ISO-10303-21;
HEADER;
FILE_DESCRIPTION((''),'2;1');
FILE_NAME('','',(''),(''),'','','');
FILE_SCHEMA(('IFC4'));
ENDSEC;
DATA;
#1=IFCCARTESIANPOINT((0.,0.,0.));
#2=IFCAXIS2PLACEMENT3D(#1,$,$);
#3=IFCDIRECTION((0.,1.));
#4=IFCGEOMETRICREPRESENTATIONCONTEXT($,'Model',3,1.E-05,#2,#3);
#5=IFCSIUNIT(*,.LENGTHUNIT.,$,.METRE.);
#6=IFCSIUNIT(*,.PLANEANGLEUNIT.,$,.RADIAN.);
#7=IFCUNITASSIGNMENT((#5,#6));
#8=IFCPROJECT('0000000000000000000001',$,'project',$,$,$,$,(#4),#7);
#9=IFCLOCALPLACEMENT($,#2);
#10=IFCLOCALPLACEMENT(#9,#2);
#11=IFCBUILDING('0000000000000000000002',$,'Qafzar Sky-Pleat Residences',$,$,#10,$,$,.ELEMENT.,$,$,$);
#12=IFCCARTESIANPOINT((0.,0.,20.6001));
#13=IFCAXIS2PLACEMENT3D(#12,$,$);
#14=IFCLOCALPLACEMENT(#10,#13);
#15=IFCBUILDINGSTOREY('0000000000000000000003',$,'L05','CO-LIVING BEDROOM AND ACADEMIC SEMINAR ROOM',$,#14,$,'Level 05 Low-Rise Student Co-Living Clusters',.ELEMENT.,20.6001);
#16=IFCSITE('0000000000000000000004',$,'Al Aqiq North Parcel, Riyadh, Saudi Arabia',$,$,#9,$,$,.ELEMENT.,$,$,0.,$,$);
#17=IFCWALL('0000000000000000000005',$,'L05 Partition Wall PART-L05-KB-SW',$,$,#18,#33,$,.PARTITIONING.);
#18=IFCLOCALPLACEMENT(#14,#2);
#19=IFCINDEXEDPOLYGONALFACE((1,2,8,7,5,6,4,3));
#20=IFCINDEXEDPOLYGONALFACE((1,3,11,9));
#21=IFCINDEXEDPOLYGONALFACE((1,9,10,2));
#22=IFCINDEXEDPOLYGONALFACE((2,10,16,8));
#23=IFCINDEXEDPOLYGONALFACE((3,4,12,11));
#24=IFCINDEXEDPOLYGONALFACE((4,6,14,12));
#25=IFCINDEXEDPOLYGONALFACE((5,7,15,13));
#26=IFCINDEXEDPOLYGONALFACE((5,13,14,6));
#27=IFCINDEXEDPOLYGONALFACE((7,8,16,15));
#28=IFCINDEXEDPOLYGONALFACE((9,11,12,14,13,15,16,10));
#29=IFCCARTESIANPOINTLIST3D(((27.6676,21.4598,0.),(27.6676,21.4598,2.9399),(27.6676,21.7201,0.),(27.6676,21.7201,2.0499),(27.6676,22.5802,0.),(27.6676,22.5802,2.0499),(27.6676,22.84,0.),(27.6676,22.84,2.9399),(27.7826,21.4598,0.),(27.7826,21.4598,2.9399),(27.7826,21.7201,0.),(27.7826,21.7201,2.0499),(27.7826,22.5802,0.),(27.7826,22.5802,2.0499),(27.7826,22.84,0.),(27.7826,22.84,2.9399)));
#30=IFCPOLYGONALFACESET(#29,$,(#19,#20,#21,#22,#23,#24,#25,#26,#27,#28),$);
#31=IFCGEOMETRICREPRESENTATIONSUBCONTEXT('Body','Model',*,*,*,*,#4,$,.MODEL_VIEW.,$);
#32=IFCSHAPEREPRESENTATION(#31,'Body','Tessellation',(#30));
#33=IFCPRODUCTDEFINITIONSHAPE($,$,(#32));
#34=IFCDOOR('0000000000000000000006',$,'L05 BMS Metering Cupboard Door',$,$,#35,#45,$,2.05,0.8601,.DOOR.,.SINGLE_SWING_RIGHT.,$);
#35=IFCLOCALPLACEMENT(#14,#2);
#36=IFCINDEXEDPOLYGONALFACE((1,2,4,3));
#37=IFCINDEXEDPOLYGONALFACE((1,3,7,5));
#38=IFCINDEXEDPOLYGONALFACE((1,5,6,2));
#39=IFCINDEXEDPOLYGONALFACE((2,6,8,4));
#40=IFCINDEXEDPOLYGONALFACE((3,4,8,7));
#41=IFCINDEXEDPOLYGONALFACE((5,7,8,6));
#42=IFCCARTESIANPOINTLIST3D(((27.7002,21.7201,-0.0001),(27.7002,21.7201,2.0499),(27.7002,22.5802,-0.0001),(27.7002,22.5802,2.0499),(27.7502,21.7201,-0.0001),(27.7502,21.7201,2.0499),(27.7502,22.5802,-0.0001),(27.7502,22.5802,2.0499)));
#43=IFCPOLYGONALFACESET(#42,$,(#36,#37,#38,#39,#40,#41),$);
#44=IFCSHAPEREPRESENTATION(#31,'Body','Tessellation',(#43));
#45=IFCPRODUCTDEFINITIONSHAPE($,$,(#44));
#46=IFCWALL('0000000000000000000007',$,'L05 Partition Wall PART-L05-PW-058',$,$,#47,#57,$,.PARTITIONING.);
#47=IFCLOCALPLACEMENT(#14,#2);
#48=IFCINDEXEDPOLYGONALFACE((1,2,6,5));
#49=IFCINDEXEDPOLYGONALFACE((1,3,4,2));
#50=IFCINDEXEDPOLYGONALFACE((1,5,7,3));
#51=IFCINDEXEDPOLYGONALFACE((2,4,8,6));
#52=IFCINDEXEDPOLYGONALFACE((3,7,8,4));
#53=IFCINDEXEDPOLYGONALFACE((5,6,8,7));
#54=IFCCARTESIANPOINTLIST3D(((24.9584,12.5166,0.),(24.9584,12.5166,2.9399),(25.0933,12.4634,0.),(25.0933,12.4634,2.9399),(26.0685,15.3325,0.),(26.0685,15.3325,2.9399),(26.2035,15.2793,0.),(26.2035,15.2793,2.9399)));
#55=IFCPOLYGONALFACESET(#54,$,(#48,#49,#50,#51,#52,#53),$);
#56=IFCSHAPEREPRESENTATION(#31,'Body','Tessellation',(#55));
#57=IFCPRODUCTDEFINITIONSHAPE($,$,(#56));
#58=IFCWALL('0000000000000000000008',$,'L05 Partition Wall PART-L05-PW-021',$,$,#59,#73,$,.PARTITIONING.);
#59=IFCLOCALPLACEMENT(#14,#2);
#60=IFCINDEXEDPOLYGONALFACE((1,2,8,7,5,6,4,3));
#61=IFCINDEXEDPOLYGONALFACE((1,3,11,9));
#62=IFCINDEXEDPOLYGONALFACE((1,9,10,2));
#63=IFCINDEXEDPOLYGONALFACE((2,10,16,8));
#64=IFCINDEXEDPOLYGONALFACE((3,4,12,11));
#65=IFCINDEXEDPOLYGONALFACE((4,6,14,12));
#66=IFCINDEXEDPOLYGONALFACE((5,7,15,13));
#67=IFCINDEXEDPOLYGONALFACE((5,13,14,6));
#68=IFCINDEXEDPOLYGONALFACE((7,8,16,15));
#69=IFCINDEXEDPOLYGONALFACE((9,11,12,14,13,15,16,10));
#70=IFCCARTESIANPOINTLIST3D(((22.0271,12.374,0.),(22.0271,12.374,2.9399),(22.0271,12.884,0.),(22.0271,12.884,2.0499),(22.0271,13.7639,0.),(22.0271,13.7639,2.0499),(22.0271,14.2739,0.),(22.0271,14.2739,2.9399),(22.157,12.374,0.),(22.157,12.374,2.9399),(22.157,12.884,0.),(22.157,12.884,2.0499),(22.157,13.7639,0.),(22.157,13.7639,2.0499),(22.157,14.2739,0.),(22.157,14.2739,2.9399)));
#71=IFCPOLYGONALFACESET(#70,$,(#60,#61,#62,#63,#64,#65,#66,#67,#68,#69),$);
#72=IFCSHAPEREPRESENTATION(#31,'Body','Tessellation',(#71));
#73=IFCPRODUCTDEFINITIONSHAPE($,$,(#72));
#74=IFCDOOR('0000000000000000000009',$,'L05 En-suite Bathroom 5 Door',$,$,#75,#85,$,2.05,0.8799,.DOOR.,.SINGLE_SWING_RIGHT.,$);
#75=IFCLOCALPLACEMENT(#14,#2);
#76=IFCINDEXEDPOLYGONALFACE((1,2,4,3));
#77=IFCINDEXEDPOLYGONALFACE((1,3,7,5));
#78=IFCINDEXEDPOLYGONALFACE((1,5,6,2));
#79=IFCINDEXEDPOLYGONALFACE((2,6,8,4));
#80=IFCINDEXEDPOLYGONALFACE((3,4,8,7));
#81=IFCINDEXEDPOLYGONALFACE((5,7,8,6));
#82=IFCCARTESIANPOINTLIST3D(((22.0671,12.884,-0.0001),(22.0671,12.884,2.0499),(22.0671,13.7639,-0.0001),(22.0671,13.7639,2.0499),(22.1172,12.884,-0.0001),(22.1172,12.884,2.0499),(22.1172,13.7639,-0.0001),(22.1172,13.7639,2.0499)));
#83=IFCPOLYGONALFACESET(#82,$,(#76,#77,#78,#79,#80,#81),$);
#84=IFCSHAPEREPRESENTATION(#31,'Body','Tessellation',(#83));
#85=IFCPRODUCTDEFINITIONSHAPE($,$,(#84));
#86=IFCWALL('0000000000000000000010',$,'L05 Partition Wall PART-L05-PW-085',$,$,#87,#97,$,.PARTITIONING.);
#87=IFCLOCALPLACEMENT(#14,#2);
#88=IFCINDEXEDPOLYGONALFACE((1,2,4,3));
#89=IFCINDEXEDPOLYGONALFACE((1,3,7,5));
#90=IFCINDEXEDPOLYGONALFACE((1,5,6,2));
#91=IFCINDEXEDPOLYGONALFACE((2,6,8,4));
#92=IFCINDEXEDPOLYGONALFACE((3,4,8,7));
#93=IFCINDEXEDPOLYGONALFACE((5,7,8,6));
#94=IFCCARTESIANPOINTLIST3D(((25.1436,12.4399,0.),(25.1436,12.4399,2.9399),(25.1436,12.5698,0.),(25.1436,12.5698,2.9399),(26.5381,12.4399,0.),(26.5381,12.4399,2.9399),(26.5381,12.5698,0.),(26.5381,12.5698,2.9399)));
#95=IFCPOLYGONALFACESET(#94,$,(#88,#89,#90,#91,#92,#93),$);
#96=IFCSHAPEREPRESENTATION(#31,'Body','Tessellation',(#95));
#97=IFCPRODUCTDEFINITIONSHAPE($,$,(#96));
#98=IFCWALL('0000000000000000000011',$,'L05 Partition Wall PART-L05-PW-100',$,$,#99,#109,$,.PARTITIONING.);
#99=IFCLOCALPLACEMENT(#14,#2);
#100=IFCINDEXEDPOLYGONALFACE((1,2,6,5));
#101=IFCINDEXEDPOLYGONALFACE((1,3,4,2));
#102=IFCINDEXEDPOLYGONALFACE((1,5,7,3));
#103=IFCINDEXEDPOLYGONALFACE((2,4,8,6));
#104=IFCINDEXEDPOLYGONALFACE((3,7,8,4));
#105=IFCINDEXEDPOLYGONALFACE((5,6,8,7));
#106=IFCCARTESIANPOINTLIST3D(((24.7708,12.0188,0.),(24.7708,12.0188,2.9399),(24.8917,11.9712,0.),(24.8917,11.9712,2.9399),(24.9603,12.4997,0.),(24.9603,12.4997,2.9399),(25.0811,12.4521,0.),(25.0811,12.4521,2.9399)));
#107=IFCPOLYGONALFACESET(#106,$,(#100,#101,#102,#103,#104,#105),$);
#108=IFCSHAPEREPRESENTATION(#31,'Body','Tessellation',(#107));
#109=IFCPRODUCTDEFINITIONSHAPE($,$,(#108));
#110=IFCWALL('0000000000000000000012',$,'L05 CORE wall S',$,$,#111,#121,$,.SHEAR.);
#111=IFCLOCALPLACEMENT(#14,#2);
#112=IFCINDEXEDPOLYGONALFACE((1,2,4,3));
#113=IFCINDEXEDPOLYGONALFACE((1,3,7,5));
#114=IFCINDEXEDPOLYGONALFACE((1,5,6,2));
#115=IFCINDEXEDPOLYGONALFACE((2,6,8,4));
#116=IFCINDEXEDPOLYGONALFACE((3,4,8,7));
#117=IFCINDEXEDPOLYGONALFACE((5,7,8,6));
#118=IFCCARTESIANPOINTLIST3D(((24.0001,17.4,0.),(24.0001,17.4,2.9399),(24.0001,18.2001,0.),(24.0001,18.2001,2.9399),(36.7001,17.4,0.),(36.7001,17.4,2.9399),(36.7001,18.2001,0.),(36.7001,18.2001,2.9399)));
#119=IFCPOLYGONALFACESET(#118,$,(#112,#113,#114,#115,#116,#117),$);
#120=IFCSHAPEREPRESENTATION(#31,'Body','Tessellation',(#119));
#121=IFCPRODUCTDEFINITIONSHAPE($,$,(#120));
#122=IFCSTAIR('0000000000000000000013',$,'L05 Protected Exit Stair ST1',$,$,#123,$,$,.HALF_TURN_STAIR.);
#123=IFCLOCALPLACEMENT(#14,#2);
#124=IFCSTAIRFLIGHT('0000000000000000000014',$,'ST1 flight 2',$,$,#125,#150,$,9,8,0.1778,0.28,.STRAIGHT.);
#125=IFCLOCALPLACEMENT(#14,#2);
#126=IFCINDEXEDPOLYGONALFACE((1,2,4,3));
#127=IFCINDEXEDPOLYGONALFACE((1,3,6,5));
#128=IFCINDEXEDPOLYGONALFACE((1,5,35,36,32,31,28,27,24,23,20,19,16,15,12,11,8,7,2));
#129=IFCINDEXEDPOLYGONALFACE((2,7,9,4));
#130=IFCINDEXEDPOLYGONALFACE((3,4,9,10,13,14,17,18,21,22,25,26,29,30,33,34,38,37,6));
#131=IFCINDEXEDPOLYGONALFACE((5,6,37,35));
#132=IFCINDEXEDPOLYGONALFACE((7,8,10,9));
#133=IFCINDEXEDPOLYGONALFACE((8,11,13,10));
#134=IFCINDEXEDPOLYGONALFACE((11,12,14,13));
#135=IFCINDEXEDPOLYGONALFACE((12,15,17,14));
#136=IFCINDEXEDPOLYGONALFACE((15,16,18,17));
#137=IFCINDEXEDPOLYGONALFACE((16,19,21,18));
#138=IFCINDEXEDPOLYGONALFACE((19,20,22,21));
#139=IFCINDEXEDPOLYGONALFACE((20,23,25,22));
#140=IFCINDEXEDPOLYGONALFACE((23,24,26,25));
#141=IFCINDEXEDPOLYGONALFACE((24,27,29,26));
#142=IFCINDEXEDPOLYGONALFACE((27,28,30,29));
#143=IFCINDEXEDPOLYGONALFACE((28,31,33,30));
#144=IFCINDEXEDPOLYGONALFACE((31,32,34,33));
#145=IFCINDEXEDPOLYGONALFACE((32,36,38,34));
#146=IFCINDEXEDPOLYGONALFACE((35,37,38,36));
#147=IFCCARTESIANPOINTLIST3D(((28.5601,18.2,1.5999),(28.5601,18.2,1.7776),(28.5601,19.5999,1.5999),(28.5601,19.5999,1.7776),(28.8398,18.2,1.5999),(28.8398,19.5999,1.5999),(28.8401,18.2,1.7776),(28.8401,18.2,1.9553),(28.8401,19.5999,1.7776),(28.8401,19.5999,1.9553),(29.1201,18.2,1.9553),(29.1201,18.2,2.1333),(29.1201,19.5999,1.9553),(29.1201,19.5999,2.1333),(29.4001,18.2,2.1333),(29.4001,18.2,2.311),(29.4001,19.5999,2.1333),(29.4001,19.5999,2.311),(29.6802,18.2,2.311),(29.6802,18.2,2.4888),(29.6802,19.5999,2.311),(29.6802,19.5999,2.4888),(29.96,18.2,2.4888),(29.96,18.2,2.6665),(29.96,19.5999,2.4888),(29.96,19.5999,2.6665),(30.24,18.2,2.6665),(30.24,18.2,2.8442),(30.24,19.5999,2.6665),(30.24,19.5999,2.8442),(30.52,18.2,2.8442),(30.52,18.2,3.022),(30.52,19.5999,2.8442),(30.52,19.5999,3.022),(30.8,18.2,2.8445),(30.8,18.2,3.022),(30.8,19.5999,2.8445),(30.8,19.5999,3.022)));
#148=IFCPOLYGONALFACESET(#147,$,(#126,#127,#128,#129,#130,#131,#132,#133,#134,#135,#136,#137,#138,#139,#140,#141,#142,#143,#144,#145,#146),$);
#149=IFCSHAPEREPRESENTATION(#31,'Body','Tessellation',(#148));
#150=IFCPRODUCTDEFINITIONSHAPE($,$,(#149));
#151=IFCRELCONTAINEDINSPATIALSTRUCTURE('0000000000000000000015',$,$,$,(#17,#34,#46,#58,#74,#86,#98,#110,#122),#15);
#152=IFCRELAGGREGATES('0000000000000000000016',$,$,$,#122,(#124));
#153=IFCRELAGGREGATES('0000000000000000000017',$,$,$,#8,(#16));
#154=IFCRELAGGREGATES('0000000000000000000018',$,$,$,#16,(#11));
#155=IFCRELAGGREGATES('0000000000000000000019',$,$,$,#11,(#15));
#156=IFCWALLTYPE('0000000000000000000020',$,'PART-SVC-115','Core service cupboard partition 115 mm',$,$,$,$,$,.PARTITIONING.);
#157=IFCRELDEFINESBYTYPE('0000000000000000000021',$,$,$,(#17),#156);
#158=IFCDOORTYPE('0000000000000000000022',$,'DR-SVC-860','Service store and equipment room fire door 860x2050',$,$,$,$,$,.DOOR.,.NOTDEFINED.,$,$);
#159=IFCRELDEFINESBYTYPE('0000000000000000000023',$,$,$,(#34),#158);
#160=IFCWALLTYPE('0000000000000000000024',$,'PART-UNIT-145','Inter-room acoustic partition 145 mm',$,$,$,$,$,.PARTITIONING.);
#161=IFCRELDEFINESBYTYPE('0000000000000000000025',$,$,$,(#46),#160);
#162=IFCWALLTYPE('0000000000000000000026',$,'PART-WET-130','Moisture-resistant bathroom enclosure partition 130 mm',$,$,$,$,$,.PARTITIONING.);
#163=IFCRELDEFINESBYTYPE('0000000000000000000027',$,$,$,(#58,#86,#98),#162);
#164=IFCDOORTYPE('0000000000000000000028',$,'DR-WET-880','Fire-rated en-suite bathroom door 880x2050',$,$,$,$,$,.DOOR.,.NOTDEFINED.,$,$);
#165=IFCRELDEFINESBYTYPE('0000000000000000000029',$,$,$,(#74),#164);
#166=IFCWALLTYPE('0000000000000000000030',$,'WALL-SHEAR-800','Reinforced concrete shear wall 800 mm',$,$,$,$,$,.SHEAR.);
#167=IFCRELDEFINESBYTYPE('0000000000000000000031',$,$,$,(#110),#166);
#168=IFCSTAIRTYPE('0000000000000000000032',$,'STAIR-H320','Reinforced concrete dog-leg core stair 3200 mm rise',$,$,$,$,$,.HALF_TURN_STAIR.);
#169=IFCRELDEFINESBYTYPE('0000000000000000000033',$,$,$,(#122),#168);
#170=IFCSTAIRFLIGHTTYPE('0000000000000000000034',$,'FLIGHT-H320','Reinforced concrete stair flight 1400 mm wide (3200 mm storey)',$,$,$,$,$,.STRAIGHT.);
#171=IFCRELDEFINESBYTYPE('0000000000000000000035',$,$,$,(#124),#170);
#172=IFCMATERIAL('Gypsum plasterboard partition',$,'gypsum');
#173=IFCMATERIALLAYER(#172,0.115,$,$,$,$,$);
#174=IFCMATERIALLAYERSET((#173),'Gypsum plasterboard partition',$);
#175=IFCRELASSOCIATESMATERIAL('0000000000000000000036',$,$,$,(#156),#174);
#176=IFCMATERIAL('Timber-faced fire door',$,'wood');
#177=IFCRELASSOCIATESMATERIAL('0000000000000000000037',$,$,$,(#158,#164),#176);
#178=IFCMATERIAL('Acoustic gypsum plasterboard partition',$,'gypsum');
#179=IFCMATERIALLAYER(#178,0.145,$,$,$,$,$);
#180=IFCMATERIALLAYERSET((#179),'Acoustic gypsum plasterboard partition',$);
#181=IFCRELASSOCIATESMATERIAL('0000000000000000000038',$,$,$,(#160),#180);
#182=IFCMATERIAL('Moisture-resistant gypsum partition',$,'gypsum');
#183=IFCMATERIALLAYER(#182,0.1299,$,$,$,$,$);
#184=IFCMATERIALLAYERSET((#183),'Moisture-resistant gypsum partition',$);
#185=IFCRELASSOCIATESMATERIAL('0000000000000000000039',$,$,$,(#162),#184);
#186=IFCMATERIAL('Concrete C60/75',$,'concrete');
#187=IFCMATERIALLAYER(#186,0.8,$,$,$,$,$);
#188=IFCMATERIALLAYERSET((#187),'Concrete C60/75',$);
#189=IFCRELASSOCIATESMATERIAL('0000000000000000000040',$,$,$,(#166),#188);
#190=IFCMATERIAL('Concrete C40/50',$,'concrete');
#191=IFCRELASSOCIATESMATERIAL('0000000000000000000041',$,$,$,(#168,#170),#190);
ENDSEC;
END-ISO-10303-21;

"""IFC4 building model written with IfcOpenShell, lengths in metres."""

from ifc_helpers import new_model, si_unit, direction, frame, frame_2d, origin, place, context, subcontext, project, spatial, polyline, rectangle, outline, extrude, source, transform, mapped, material, layer, layer_set, type_object, element, fill, aggregate, save


model = new_model("IFC4")

# Units and contexts
model_context = context("Model", 3, precision=1e-05, world=origin(), true_north=direction((0.0, 1.0)))
body_context = subcontext(model_context, "Body", "Model", "MODEL_VIEW")
ifc_project = project(units=[si_unit("LENGTHUNIT", "METRE"), si_unit("PLANEANGLEUNIT", "RADIAN")], contexts=[model_context])

# Site, building, storey
site_placement = place(None, origin())
site = spatial("IfcSite", under=ifc_project, at=site_placement, Name="Al Aqiq North Parcel, Riyadh, Saudi Arabia", CompositionType="ELEMENT", RefElevation=0.0)
building_placement = place(site_placement, origin())
building = spatial("IfcBuilding", under=site, at=building_placement, Name="Qafzar Sky-Pleat Residences", CompositionType="ELEMENT")
storey_placement = place(building_placement, frame((0.0, 0.0, 20.6001)))
storey = spatial("IfcBuildingStorey", under=building, at=storey_placement, Name="L05", Description="CO-LIVING BEDROOM AND ACADEMIC SEMINAR ROOM", LongName="Level 05 Low-Rise Student Co-Living Clusters", CompositionType="ELEMENT", Elevation=20.6001)

# Shared definitions
ifc_material_1 = material(Name="Acoustic gypsum plasterboard partition", Category="gypsum")
ifc_material_2 = material(Name="Timber-faced fire door", Category="wood")

# Wall, opening, door
ifc_material_3 = material(Name="Gypsum plasterboard partition", Category="gypsum")
ifc_layer_1 = layer(ifc_material_3, 0.115)
ifc_layer_set_1 = layer_set([ifc_layer_1], Name="Gypsum plasterboard partition")
wall_type_1 = type_object("IfcWallType", Name="PART-SVC-115", Description="Core service cupboard partition 115 mm", PredefinedType="PARTITIONING", material=ifc_layer_set_1)
wall_1_placement = place(storey_placement, frame((27.7251, 21.46, 0.0), z_axis=(0.0, 0.0, 1.0), x_axis=(0.0, 1.0, 0.0)))
wall_1 = element("IfcWall", 1, at=wall_1_placement, inside=storey, type_object=wall_type_1, Name="L05 Partition Wall PART-L05-KB-SW", PredefinedType="PARTITIONING", context=body_context, shape_type="SweptSolid", body=[
    extrude(rectangle(XDim=1.3801, YDim=0.115, at=frame_2d((0.6899, 0.0))), origin(), (0.0, 0.0, 1.0), 2.9399),
])
opening_1_placement = place(wall_1_placement, frame((0.26, 0.0, 0.0)))
opening_1 = element("IfcOpeningElement", 2, at=opening_1_placement, cuts=wall_1, PredefinedType="OPENING", context=body_context, shape_type="SweptSolid", body=[
    extrude(rectangle(XDim=0.8601, YDim=2.05, at=frame_2d((0.4302, 1.0249))), frame((0.0, 0.0674, 0.0), z_axis=(0.0, -1.0, 0.0), x_axis=(1.0, 0.0, 0.0)), (0.0, 0.0, 1.0), 0.135),
])
door_type_1 = type_object("IfcDoorType", Name="DR-SVC-860", Description="Service store and equipment room fire door 860x2050", OperationType="NOTDEFINED", PredefinedType="DOOR", material=ifc_material_2)
shared_shape_1 = source(origin(), body_context, "Body", "SweptSolid", [
    extrude(rectangle(XDim=0.8601, YDim=2.05, at=frame_2d((0.4302, 1.0249))), frame((0.0, 0.0249, 0.0), z_axis=(0.0, -1.0, 0.0), x_axis=(1.0, 0.0, 0.0)), (0.0, 0.0, 1.0), 0.05),
])
door_1_placement = place(opening_1_placement, origin())
door_1 = element("IfcDoor", 3, at=door_1_placement, inside=storey, type_object=door_type_1, Name="L05 BMS Metering Cupboard Door", OperationType="SINGLE_SWING_RIGHT", OverallHeight=2.05, OverallWidth=0.8601, PredefinedType="DOOR", context=body_context, shape_type="MappedRepresentation", body=[
    mapped(shared_shape_1, transform((0.0, 0.0, 0.0), x_axis=(1.0, 0.0, 0.0), y_axis=(0.0, 1.0, 0.0), z_axis=(0.0, 0.0, 1.0), scale=1.0)),
])
fill(opening_1, door_1)

# Wall
ifc_layer_2 = layer(ifc_material_1, 0.145)
ifc_layer_set_2 = layer_set([ifc_layer_2], Name="Acoustic gypsum plasterboard partition")
wall_type_2 = type_object("IfcWallType", Name="PART-UNIT-145", Description="Inter-room acoustic partition 145 mm", PredefinedType="PARTITIONING", material=ifc_layer_set_2)
wall_2_placement = place(storey_placement, frame((25.0259, 12.49, 0.0), z_axis=(0.0, 0.0, 1.0), x_axis=(0.366755, 0.930318, 0.0)))
element("IfcWall", 4, at=wall_2_placement, inside=storey, type_object=wall_type_2, Name="L05 Partition Wall PART-L05-PW-058", PredefinedType="PARTITIONING", context=body_context, shape_type="SweptSolid", body=[
    extrude(rectangle(XDim=3.0269, YDim=0.145, at=frame_2d((1.5134, 0.0))), origin(), (0.0, 0.0, 1.0), 2.9399),
])

# Wall, opening, door
ifc_material_4 = material(Name="Moisture-resistant gypsum partition", Category="gypsum")
ifc_layer_3 = layer(ifc_material_4, 0.1299)
ifc_layer_set_3 = layer_set([ifc_layer_3], Name="Moisture-resistant gypsum partition")
wall_type_3 = type_object("IfcWallType", Name="PART-WET-130", Description="Moisture-resistant bathroom enclosure partition 130 mm", PredefinedType="PARTITIONING", material=ifc_layer_set_3)
wall_3_placement = place(storey_placement, frame((22.092, 12.374, 0.0), z_axis=(0.0, 0.0, 1.0), x_axis=(0.0, 1.0, 0.0)))
wall_3 = element("IfcWall", 5, at=wall_3_placement, inside=storey, type_object=wall_type_3, Name="L05 Partition Wall PART-L05-PW-021", PredefinedType="PARTITIONING", context=body_context, shape_type="SweptSolid", body=[
    extrude(rectangle(XDim=1.8999, YDim=0.1299, at=frame_2d((0.95, 0.0))), origin(), (0.0, 0.0, 1.0), 2.9399),
])
opening_2_placement = place(wall_3_placement, frame((0.51, 0.0, 0.0)))
opening_2 = element("IfcOpeningElement", 6, at=opening_2_placement, cuts=wall_3, PredefinedType="OPENING", context=body_context, shape_type="SweptSolid", body=[
    extrude(rectangle(XDim=0.8799, YDim=2.05, at=frame_2d((0.4399, 1.0249))), frame((0.0, 0.075, 0.0), z_axis=(0.0, -1.0, 0.0), x_axis=(1.0, 0.0, 0.0)), (0.0, 0.0, 1.0), 0.1499),
])
door_type_2 = type_object("IfcDoorType", Name="DR-WET-880", Description="Fire-rated en-suite bathroom door 880x2050", OperationType="NOTDEFINED", PredefinedType="DOOR", material=ifc_material_2)
shared_shape_2 = source(origin(), body_context, "Body", "SweptSolid", [
    extrude(rectangle(XDim=0.8799, YDim=2.05, at=frame_2d((0.4399, 1.0249))), frame((0.0, 0.0249, 0.0), z_axis=(0.0, -1.0, 0.0), x_axis=(1.0, 0.0, 0.0)), (0.0, 0.0, 1.0), 0.05),
])
door_2_placement = place(opening_2_placement, origin())
door_2 = element("IfcDoor", 7, at=door_2_placement, inside=storey, type_object=door_type_2, Name="L05 En-suite Bathroom 5 Door", OperationType="SINGLE_SWING_RIGHT", OverallHeight=2.05, OverallWidth=0.8799, PredefinedType="DOOR", context=body_context, shape_type="MappedRepresentation", body=[
    mapped(shared_shape_2, transform((0.0, 0.0, 0.0), x_axis=(1.0, 0.0, 0.0), y_axis=(0.0, 1.0, 0.0), z_axis=(0.0, 0.0, 1.0), scale=1.0)),
])
fill(opening_2, door_2)

# Walls
wall_4_placement = place(storey_placement, frame((25.1436, 12.5049, 0.0), z_axis=(0.0, 0.0, 1.0), x_axis=(1.0, 0.0, 0.0)))
element("IfcWall", 8, at=wall_4_placement, inside=storey, type_object=wall_type_3, Name="L05 Partition Wall PART-L05-PW-085", PredefinedType="PARTITIONING", context=body_context, shape_type="SweptSolid", body=[
    extrude(rectangle(XDim=1.3945, YDim=0.1299, at=frame_2d((0.6973, 0.0))), origin(), (0.0, 0.0, 1.0), 2.9399),
])
wall_5_placement = place(storey_placement, frame((24.8313, 11.9951, 0.0), z_axis=(0.0, 0.0, 1.0), x_axis=(0.3665, 0.930418, 0.0)))
element("IfcWall", 9, at=wall_5_placement, inside=storey, type_object=wall_type_3, Name="L05 Partition Wall PART-L05-PW-100", PredefinedType="PARTITIONING", context=body_context, shape_type="SweptSolid", body=[
    extrude(rectangle(XDim=0.5168, YDim=0.1299, at=frame_2d((0.2583, 0.0))), origin(), (0.0, 0.0, 1.0), 2.9399),
])

# Shared definitions
ifc_material_5 = material(Name="Concrete C60/75", Category="concrete")

# Wall
ifc_layer_4 = layer(ifc_material_5, 0.8)
ifc_layer_set_4 = layer_set([ifc_layer_4], Name="Concrete C60/75")
wall_type_4 = type_object("IfcWallType", Name="WALL-SHEAR-800", Description="Reinforced concrete shear wall 800 mm", PredefinedType="SHEAR", material=ifc_layer_set_4)
wall_6_placement = place(storey_placement, frame((24.0, 17.8, 0.0), z_axis=(0.0, 0.0, 1.0), x_axis=(1.0, 0.0, 0.0)))
element("IfcWall", 10, at=wall_6_placement, inside=storey, type_object=wall_type_4, Name="L05 CORE wall S", PredefinedType="SHEAR", context=body_context, shape_type="SweptSolid", body=[
    extrude(rectangle(XDim=12.7, YDim=0.8, at=frame_2d((6.3501, 0.0))), origin(), (0.0, 0.0, 1.0), 2.9399),
])

# Stair, stair flight
ifc_material_6 = material(Name="Concrete C40/50", Category="concrete")
stair_type = type_object("IfcStairType", Name="STAIR-H320", Description="Reinforced concrete dog-leg core stair 3200 mm rise", PredefinedType="HALF_TURN_STAIR", material=ifc_material_6)
stair_placement = place(storey_placement, origin())
stair = element("IfcStair", 11, at=stair_placement, inside=storey, type_object=stair_type, Name="L05 Protected Exit Stair ST1", PredefinedType="HALF_TURN_STAIR")
stair_flight_type = type_object("IfcStairFlightType", Name="FLIGHT-H320", Description="Reinforced concrete stair flight 1400 mm wide (3200 mm storey)", PredefinedType="STRAIGHT", material=ifc_material_6)
shared_shape_3 = source(origin(), body_context, "Body", "SweptSolid", [
    extrude(outline(polyline([(0.0, 0.0), (0.0, 0.1777), (0.28, 0.1777), (0.28, 0.3555), (0.5601, 0.3555), (0.5601, 0.5334), (0.8401, 0.5334), (0.8401, 0.7112), (1.1201, 0.7112), (1.1201, 0.8889), (1.3999, 0.8889), (1.3999, 1.0667), (1.6799, 1.0667), (1.6799, 1.2444), (1.96, 1.2444), (1.96, 1.4221), (2.24, 1.4221), (2.24, 1.6001), (2.24, 1.2446), (0.2798, 0.0), (0.0, 0.0)])), frame((0.0, 0.7, 0.0), z_axis=(0.0, -1.0, 0.0), x_axis=(1.0, 0.0, 0.0)), (0.0, 0.0, 1.0), 1.3999),
])
stair_flight_placement = place(storey_placement, frame((28.5601, 18.8999, 1.5999), z_axis=(0.0, 0.0, 1.0), x_axis=(1.0, 0.0, 0.0)))
stair_flight = element("IfcStairFlight", 12, at=stair_flight_placement, type_object=stair_flight_type, Name="ST1 flight 2", NumberOfRisers=9, NumberOfTreads=8, PredefinedType="STRAIGHT", RiserHeight=0.1778, TreadLength=0.28, context=body_context, shape_type="MappedRepresentation", body=[
    mapped(shared_shape_3, transform((0.0, 0.0, 0.0), x_axis=(1.0, 0.0, 0.0), y_axis=(0.0, 1.0, 0.0), z_axis=(0.0, 0.0, 1.0), scale=1.0)),
])
aggregate(stair, [stair_flight])

save(model, "model.ifc")
